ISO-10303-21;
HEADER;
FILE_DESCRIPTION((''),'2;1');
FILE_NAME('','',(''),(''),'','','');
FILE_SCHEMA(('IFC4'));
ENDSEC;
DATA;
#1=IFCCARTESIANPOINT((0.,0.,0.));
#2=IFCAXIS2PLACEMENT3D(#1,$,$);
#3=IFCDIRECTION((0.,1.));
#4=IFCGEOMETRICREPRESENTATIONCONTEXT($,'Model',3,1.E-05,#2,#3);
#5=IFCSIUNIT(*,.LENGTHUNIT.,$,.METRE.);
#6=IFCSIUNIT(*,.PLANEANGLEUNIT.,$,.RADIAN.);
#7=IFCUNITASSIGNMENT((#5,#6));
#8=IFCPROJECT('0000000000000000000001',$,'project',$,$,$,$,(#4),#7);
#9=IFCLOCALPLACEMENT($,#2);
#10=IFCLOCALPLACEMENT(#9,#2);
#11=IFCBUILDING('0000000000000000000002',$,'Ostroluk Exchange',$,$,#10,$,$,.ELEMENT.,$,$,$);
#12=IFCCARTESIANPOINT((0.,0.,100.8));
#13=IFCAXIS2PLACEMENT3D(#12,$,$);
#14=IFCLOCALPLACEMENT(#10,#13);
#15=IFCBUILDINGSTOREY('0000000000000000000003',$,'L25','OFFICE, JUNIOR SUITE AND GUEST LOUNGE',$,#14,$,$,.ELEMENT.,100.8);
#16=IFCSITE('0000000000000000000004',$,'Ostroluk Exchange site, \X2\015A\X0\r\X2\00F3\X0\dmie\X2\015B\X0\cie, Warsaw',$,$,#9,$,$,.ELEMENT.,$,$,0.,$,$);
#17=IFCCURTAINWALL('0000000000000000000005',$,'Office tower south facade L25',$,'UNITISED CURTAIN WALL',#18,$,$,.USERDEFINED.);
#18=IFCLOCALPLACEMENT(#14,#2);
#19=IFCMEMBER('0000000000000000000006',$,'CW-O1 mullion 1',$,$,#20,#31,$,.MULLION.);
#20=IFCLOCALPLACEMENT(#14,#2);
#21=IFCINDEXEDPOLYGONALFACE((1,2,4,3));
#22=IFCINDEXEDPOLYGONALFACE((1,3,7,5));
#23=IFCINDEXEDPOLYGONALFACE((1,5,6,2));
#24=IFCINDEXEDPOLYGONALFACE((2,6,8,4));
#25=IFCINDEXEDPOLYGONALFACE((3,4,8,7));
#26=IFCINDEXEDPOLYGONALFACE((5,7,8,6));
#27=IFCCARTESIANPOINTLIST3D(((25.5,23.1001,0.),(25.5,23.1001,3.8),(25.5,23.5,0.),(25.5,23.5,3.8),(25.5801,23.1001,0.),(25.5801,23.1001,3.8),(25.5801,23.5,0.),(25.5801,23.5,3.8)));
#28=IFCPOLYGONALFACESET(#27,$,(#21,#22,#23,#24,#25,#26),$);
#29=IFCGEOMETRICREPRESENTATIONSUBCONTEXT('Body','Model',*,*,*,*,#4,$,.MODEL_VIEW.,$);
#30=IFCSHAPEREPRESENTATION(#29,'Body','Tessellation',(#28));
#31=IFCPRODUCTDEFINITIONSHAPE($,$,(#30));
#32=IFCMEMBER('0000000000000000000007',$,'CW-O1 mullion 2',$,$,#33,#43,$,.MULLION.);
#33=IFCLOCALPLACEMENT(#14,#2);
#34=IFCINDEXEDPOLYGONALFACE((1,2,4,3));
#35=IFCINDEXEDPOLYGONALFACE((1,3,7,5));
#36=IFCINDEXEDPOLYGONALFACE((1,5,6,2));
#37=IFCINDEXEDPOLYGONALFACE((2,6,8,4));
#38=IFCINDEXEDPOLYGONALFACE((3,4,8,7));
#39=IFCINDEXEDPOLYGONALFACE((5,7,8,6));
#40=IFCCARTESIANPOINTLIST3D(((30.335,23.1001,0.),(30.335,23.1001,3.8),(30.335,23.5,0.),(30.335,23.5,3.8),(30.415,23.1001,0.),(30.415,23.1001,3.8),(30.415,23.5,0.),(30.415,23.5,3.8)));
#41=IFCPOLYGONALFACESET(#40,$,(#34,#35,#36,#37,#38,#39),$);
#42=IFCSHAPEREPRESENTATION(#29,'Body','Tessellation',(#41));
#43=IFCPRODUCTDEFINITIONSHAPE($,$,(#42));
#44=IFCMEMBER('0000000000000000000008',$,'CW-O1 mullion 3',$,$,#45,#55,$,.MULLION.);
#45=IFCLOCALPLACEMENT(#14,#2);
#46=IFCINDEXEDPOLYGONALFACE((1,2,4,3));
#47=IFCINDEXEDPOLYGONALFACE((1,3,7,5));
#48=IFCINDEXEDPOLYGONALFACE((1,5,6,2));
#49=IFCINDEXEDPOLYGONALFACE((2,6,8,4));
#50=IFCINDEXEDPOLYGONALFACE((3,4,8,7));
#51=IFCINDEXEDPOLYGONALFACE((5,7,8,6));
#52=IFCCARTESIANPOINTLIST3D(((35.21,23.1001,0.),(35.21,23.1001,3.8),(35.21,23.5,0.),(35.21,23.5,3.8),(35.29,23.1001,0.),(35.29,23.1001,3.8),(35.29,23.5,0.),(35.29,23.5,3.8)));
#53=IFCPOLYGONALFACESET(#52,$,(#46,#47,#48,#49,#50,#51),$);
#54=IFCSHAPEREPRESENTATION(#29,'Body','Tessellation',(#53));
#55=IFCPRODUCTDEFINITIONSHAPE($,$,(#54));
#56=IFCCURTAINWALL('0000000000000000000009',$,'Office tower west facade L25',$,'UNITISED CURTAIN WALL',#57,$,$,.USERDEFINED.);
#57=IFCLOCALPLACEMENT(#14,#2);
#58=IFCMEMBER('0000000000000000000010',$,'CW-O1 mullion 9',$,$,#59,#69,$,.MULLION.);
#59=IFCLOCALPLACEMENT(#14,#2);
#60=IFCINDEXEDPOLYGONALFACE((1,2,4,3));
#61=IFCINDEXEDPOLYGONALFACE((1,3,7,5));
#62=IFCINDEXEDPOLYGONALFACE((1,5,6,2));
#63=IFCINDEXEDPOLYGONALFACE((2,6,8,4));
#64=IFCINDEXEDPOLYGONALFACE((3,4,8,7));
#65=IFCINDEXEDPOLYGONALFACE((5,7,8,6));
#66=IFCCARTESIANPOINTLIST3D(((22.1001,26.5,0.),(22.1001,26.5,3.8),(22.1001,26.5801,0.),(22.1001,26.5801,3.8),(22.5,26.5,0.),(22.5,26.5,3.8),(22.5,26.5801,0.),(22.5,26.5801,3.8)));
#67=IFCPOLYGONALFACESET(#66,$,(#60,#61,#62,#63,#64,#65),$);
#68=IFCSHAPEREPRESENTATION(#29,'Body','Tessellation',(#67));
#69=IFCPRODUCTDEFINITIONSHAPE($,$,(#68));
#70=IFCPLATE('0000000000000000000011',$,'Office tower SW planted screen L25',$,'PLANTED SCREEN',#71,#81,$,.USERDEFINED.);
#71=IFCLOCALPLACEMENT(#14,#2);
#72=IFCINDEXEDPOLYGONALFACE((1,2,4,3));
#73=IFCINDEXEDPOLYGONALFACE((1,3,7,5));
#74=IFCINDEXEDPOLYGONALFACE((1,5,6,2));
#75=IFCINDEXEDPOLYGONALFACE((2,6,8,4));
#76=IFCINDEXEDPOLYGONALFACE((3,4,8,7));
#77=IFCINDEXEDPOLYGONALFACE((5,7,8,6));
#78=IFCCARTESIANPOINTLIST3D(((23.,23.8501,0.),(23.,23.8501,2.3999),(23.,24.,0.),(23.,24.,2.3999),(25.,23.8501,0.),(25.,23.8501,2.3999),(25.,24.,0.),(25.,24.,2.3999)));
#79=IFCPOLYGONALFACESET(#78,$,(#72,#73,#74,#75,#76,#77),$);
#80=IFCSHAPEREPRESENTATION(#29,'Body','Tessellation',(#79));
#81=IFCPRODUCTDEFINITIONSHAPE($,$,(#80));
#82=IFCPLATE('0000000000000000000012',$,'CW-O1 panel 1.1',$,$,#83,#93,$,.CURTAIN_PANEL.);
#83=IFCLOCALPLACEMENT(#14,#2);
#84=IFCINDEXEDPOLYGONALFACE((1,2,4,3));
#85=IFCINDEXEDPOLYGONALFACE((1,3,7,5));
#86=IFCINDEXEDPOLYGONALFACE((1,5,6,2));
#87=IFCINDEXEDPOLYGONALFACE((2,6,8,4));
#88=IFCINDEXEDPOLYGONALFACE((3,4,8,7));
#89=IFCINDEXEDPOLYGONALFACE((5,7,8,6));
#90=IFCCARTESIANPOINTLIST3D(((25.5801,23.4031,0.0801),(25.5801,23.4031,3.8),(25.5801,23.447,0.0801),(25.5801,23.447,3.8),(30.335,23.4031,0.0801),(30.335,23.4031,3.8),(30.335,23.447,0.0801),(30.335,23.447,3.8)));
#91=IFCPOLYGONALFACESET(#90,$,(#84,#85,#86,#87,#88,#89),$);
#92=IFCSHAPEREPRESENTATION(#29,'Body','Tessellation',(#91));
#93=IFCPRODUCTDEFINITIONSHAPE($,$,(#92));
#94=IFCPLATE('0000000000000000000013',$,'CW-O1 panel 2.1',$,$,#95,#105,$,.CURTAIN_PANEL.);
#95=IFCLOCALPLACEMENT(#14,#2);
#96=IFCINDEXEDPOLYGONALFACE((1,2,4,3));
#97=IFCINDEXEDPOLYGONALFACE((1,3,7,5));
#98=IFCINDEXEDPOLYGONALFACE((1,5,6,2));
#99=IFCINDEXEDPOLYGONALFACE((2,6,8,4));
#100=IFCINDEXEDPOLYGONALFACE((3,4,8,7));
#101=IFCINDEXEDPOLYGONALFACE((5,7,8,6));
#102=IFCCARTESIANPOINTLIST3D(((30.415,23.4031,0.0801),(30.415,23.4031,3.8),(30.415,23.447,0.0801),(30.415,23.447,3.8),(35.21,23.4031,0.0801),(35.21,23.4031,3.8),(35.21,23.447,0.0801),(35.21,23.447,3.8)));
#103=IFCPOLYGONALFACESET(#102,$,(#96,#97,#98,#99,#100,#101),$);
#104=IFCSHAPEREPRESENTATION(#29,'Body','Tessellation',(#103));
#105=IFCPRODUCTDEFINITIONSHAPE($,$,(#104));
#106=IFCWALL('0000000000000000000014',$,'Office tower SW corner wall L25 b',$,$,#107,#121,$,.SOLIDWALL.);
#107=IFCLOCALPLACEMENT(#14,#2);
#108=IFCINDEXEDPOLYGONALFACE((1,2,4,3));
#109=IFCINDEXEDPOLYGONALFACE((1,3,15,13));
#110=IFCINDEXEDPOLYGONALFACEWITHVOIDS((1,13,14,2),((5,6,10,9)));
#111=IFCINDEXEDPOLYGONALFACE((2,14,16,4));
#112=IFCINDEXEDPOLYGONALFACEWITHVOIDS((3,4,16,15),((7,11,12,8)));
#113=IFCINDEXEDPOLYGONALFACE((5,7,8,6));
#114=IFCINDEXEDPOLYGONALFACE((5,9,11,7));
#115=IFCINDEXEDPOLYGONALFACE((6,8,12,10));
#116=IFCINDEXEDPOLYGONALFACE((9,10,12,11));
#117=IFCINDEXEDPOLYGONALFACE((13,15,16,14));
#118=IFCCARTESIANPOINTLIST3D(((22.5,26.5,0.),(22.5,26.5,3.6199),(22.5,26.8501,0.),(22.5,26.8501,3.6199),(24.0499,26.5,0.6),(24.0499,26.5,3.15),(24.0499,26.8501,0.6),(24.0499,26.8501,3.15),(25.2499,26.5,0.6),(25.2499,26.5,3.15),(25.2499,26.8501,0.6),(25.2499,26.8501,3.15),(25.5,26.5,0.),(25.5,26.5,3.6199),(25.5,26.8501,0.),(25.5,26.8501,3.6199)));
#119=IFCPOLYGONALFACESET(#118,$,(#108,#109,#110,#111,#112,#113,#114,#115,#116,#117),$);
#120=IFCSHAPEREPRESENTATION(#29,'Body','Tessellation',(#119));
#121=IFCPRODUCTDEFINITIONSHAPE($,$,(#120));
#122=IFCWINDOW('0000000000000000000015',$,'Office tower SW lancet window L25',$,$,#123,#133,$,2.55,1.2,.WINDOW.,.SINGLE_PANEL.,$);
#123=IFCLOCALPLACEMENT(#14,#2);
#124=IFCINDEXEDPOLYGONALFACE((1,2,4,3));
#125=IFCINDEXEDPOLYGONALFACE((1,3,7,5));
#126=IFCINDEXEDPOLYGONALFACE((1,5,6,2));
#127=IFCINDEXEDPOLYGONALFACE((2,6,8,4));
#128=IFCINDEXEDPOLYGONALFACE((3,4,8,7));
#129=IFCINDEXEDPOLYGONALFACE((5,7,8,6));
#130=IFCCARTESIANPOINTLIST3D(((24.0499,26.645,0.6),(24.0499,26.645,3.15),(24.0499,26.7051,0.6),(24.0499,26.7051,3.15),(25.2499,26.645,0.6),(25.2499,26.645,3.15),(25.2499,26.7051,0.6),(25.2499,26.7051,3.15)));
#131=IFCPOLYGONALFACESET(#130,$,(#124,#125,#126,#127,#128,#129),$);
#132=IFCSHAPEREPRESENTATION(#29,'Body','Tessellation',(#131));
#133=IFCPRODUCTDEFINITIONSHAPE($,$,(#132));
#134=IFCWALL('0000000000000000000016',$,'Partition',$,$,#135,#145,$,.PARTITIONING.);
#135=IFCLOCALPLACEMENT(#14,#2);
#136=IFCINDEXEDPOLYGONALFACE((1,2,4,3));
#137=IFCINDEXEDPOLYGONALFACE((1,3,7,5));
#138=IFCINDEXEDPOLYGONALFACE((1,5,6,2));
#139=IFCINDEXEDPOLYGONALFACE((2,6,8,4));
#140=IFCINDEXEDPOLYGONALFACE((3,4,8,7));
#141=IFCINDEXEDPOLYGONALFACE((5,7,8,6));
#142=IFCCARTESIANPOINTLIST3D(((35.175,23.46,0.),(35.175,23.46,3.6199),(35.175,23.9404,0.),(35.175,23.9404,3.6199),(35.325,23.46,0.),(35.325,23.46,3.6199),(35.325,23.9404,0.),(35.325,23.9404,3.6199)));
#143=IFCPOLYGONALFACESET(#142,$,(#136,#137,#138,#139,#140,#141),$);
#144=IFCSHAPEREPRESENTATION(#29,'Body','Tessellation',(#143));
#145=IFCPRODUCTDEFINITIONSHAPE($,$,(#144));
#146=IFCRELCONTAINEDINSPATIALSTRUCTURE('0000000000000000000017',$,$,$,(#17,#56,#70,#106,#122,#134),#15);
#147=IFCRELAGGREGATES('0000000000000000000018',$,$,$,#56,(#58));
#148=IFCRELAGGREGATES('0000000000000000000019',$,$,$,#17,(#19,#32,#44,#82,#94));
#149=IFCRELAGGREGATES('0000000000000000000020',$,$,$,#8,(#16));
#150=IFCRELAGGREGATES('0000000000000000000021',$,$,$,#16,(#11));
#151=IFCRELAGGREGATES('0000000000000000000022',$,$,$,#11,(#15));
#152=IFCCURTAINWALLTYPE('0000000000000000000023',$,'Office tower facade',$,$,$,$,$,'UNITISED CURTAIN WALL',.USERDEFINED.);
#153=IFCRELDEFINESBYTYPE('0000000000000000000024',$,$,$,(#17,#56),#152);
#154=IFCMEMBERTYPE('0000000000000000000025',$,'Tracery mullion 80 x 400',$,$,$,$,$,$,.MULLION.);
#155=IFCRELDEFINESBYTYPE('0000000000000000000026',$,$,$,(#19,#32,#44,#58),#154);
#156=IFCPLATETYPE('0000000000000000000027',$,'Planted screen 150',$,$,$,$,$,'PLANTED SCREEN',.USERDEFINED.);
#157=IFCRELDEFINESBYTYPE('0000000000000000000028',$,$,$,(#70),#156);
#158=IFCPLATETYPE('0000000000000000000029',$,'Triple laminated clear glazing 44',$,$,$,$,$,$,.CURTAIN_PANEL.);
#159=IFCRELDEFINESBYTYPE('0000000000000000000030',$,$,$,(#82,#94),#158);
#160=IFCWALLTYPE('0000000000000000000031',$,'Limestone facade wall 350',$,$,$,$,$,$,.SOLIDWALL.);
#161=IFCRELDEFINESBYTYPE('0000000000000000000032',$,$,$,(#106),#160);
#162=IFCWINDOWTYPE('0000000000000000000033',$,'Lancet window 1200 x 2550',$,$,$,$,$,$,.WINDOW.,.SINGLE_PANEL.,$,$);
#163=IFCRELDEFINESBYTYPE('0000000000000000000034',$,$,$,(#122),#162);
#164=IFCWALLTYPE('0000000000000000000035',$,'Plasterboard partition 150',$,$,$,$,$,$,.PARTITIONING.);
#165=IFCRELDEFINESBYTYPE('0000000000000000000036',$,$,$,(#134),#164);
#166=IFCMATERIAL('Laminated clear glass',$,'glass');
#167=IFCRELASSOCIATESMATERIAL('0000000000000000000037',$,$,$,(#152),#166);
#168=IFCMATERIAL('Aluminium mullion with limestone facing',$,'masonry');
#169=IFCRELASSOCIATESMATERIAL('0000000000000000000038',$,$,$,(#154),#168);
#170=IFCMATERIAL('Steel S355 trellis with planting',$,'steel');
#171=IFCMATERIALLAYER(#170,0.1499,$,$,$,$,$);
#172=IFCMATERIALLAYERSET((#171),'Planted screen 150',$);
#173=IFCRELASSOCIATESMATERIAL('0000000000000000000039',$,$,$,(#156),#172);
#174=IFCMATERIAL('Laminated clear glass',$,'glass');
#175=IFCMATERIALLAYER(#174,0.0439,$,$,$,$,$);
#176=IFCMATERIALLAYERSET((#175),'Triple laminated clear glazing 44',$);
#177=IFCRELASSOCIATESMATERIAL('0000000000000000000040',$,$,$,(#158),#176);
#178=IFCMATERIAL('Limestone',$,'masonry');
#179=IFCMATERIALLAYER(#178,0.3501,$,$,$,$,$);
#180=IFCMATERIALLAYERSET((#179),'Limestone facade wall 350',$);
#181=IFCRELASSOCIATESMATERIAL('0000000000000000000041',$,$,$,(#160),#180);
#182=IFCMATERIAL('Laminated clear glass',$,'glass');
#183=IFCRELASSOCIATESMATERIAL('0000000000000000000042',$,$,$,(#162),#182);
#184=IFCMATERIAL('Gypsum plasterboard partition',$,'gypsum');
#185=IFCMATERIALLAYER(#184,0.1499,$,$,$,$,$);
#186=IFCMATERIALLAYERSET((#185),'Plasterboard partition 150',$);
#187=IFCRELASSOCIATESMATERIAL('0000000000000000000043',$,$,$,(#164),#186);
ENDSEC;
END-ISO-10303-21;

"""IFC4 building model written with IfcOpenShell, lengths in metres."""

from ifc_helpers import new_model, si_unit, direction, frame, frame_2d, origin, origin_2d, place, context, subcontext, project, spatial, rectangle, extrude, material, layer, layer_set, material_profile, profile_set, type_object, element, fill, aggregate, save


model = new_model("IFC4")

# Units and contexts
model_context = context("Model", 3, precision=1e-05, world=origin(), true_north=direction((0.0, 1.0)))
body_context = subcontext(model_context, "Body", "Model", "MODEL_VIEW")
ifc_project = project(units=[si_unit("LENGTHUNIT", "METRE"), si_unit("PLANEANGLEUNIT", "RADIAN")], contexts=[model_context])

# Site, building, storey
site_placement = place(None, origin())
site = spatial("IfcSite", under=ifc_project, at=site_placement, Name="Ostroluk Exchange site, Śródmieście, Warsaw", CompositionType="ELEMENT", RefElevation=0.0)
building_placement = place(site_placement, origin())
building = spatial("IfcBuilding", under=site, at=building_placement, Name="Ostroluk Exchange", CompositionType="ELEMENT")
storey_placement = place(building_placement, frame((0.0, 0.0, 100.8)))
storey = spatial("IfcBuildingStorey", under=building, at=storey_placement, Name="L25", Description="OFFICE, JUNIOR SUITE AND GUEST LOUNGE", CompositionType="ELEMENT", Elevation=100.8)

# Curtain wall, members
ifc_material_1 = material(Name="Laminated clear glass", Category="glass")
curtain_wall_type = type_object("IfcCurtainWallType", Name="Office tower facade", ElementType="UNITISED CURTAIN WALL", PredefinedType="USERDEFINED", material=ifc_material_1)
curtain_wall_1_placement = place(storey_placement, origin())
curtain_wall_1 = element("IfcCurtainWall", 1, at=curtain_wall_1_placement, inside=storey, type_object=curtain_wall_type, Name="Office tower south facade L25", ObjectType="UNITISED CURTAIN WALL", PredefinedType="USERDEFINED")
ifc_material_2 = material(Name="Aluminium mullion with limestone facing", Category="masonry")
ifc_material_profile_1 = material_profile(ifc_material_2, rectangle(XDim=0.3999, YDim=0.0801, at=origin_2d()), Name="Tracery mullion 80 x 400")
ifc_profile_set_1 = profile_set([ifc_material_profile_1], Name="Aluminium mullion with limestone facing")
member_type_1 = type_object("IfcMemberType", Name="Tracery mullion 80 x 400", PredefinedType="MULLION", material=ifc_profile_set_1)
member_1_placement = place(storey_placement, frame((25.54, 23.3, 0.0), z_axis=(0.0, 0.0, 1.0), x_axis=(0.0, 1.0, 0.0)))
member_1 = element("IfcMember", 2, at=member_1_placement, type_object=member_type_1, Name="CW-O1 mullion 1", PredefinedType="MULLION", context=body_context, shape_type="SweptSolid", body=[
    extrude(rectangle(XDim=0.3999, YDim=0.0801, at=origin_2d()), origin(), (0.0, 0.0, 1.0), 3.8),
])
member_2_placement = place(storey_placement, frame((30.375, 23.3, 0.0), z_axis=(0.0, 0.0, 1.0), x_axis=(0.0, 1.0, 0.0)))
member_2 = element("IfcMember", 3, at=member_2_placement, type_object=member_type_1, Name="CW-O1 mullion 2", PredefinedType="MULLION", context=body_context, shape_type="SweptSolid", body=[
    extrude(rectangle(XDim=0.3999, YDim=0.0801, at=origin_2d()), origin(), (0.0, 0.0, 1.0), 3.8),
])
member_3_placement = place(storey_placement, frame((35.25, 23.3, 0.0), z_axis=(0.0, 0.0, 1.0), x_axis=(0.0, 1.0, 0.0)))
member_3 = element("IfcMember", 4, at=member_3_placement, type_object=member_type_1, Name="CW-O1 mullion 3", PredefinedType="MULLION", context=body_context, shape_type="SweptSolid", body=[
    extrude(rectangle(XDim=0.3999, YDim=0.0801, at=origin_2d()), origin(), (0.0, 0.0, 1.0), 3.8),
])

# Curtain wall, member
curtain_wall_2_placement = place(storey_placement, origin())
curtain_wall_2 = element("IfcCurtainWall", 5, at=curtain_wall_2_placement, inside=storey, type_object=curtain_wall_type, Name="Office tower west facade L25", ObjectType="UNITISED CURTAIN WALL", PredefinedType="USERDEFINED")
member_4_placement = place(storey_placement, frame((22.3, 26.54, 0.0), z_axis=(0.0, 0.0, 1.0), x_axis=(1.0, 0.0, 0.0)))
member_4 = element("IfcMember", 6, at=member_4_placement, type_object=member_type_1, Name="CW-O1 mullion 9", PredefinedType="MULLION", context=body_context, shape_type="SweptSolid", body=[
    extrude(rectangle(XDim=0.3999, YDim=0.0801, at=origin_2d()), origin(), (0.0, 0.0, 1.0), 3.8),
])
aggregate(curtain_wall_2, [member_4])

# Plates
ifc_material_3 = material(Name="Steel S355 trellis with planting", Category="steel")
ifc_layer_1 = layer(ifc_material_3, 0.1499)
ifc_layer_set_1 = layer_set([ifc_layer_1], Name="Planted screen 150")
plate_type_1 = type_object("IfcPlateType", Name="Planted screen 150", ElementType="PLANTED SCREEN", PredefinedType="USERDEFINED", material=ifc_layer_set_1)
plate_1_placement = place(storey_placement, frame((24.0, 23.925, 0.0), z_axis=(0.0, 0.0, 1.0), x_axis=(1.0, 0.0, 0.0)))
element("IfcPlate", 7, at=plate_1_placement, inside=storey, type_object=plate_type_1, Name="Office tower SW planted screen L25", ObjectType="PLANTED SCREEN", PredefinedType="USERDEFINED", context=body_context, shape_type="SweptSolid", body=[
    extrude(rectangle(XDim=2.0, YDim=0.1499, at=origin_2d()), origin(), (0.0, 0.0, 1.0), 2.3999),
])
ifc_material_4 = material(Name="Laminated clear glass", Category="glass")
ifc_layer_2 = layer(ifc_material_4, 0.0439)
ifc_layer_set_2 = layer_set([ifc_layer_2], Name="Triple laminated clear glazing 44")
plate_type_2 = type_object("IfcPlateType", Name="Triple laminated clear glazing 44", PredefinedType="CURTAIN_PANEL", material=ifc_layer_set_2)
plate_2_placement = place(storey_placement, frame((27.9575, 23.425, 0.0801), z_axis=(0.0, 0.0, 1.0), x_axis=(1.0, 0.0, 0.0)))
plate_2 = element("IfcPlate", 8, at=plate_2_placement, type_object=plate_type_2, Name="CW-O1 panel 1.1", PredefinedType="CURTAIN_PANEL", context=body_context, shape_type="SweptSolid", body=[
    extrude(rectangle(XDim=4.7549, YDim=0.0439, at=origin_2d()), origin(), (0.0, 0.0, 1.0), 3.72),
])
plate_3_placement = place(storey_placement, frame((32.8125, 23.425, 0.0801), z_axis=(0.0, 0.0, 1.0), x_axis=(1.0, 0.0, 0.0)))
plate_3 = element("IfcPlate", 9, at=plate_3_placement, type_object=plate_type_2, Name="CW-O1 panel 2.1", PredefinedType="CURTAIN_PANEL", context=body_context, shape_type="SweptSolid", body=[
    extrude(rectangle(XDim=4.7949, YDim=0.0439, at=origin_2d()), origin(), (0.0, 0.0, 1.0), 3.72),
])
aggregate(curtain_wall_1, [member_1, member_2, member_3, plate_2, plate_3])

# Shared definitions
ifc_material_5 = material(Name="Limestone", Category="masonry")
ifc_layer_3 = layer(ifc_material_5, 0.3501)
ifc_layer_set_3 = layer_set([ifc_layer_3], Name="Limestone facade wall 350")
wall_type_1 = type_object("IfcWallType", Name="Limestone facade wall 350", PredefinedType="SOLIDWALL", material=ifc_layer_set_3)

# Wall, opening, window
wall_1_placement = place(storey_placement, frame((25.5, 26.675, 0.0), z_axis=(0.0, 0.0, 1.0), x_axis=(-1.0, 0.0, 0.0)))
wall_1 = element("IfcWall", 10, at=wall_1_placement, inside=storey, type_object=wall_type_1, Name="Office tower SW corner wall L25 b", PredefinedType="SOLIDWALL", context=body_context, shape_type="SweptSolid", body=[
    extrude(rectangle(XDim=3.0, YDim=0.3501, at=frame_2d((1.5, 0.0))), origin(), (0.0, 0.0, 1.0), 3.6199),
])
opening_1_placement = place(wall_1_placement, frame((0.25, 0.0, 0.6001)))
opening_1 = element("IfcOpeningElement", 11, at=opening_1_placement, cuts=wall_1, PredefinedType="OPENING", context=body_context, shape_type="SweptSolid", body=[
    extrude(rectangle(XDim=1.2, YDim=2.55, at=frame_2d((0.6001, 1.2749))), frame((0.0, 0.1851, 0.0), z_axis=(0.0, -1.0, 0.0), x_axis=(1.0, 0.0, 0.0)), (0.0, 0.0, 1.0), 0.3701),
])
ifc_material_6 = material(Name="Laminated clear glass", Category="glass")
window_type = type_object("IfcWindowType", Name="Lancet window 1200 x 2550", PartitioningType="SINGLE_PANEL", PredefinedType="WINDOW", material=ifc_material_6)
window_placement = place(opening_1_placement, origin())
window = element("IfcWindow", 12, at=window_placement, inside=storey, type_object=window_type, Name="Office tower SW lancet window L25", OverallHeight=2.55, OverallWidth=1.2, PartitioningType="SINGLE_PANEL", PredefinedType="WINDOW", context=body_context, shape_type="SweptSolid", body=[
    extrude(rectangle(XDim=1.2, YDim=2.55, at=frame_2d((0.6001, 1.2749))), frame((0.0, 0.03, 0.0), z_axis=(0.0, -1.0, 0.0), x_axis=(1.0, 0.0, 0.0)), (0.0, 0.0, 1.0), 0.0601),
])
fill(opening_1, window)

# Wall
ifc_material_7 = material(Name="Gypsum plasterboard partition", Category="gypsum")
ifc_layer_4 = layer(ifc_material_7, 0.1499)
ifc_layer_set_4 = layer_set([ifc_layer_4], Name="Plasterboard partition 150")
wall_type_2 = type_object("IfcWallType", Name="Plasterboard partition 150", PredefinedType="PARTITIONING", material=ifc_layer_set_4)
wall_2_placement = place(storey_placement, frame((35.25, 23.9404, 0.0), z_axis=(0.0, 0.0, 1.0), x_axis=(0.0, -1.0, 0.0)))
element("IfcWall", 13, at=wall_2_placement, inside=storey, type_object=wall_type_2, Name="Partition", PredefinedType="PARTITIONING", context=body_context, shape_type="SweptSolid", body=[
    extrude(rectangle(XDim=0.4805, YDim=0.1499, at=frame_2d((0.2402, 0.0))), origin(), (0.0, 0.0, 1.0), 3.6199),
])

save(model, "model.ifc")
